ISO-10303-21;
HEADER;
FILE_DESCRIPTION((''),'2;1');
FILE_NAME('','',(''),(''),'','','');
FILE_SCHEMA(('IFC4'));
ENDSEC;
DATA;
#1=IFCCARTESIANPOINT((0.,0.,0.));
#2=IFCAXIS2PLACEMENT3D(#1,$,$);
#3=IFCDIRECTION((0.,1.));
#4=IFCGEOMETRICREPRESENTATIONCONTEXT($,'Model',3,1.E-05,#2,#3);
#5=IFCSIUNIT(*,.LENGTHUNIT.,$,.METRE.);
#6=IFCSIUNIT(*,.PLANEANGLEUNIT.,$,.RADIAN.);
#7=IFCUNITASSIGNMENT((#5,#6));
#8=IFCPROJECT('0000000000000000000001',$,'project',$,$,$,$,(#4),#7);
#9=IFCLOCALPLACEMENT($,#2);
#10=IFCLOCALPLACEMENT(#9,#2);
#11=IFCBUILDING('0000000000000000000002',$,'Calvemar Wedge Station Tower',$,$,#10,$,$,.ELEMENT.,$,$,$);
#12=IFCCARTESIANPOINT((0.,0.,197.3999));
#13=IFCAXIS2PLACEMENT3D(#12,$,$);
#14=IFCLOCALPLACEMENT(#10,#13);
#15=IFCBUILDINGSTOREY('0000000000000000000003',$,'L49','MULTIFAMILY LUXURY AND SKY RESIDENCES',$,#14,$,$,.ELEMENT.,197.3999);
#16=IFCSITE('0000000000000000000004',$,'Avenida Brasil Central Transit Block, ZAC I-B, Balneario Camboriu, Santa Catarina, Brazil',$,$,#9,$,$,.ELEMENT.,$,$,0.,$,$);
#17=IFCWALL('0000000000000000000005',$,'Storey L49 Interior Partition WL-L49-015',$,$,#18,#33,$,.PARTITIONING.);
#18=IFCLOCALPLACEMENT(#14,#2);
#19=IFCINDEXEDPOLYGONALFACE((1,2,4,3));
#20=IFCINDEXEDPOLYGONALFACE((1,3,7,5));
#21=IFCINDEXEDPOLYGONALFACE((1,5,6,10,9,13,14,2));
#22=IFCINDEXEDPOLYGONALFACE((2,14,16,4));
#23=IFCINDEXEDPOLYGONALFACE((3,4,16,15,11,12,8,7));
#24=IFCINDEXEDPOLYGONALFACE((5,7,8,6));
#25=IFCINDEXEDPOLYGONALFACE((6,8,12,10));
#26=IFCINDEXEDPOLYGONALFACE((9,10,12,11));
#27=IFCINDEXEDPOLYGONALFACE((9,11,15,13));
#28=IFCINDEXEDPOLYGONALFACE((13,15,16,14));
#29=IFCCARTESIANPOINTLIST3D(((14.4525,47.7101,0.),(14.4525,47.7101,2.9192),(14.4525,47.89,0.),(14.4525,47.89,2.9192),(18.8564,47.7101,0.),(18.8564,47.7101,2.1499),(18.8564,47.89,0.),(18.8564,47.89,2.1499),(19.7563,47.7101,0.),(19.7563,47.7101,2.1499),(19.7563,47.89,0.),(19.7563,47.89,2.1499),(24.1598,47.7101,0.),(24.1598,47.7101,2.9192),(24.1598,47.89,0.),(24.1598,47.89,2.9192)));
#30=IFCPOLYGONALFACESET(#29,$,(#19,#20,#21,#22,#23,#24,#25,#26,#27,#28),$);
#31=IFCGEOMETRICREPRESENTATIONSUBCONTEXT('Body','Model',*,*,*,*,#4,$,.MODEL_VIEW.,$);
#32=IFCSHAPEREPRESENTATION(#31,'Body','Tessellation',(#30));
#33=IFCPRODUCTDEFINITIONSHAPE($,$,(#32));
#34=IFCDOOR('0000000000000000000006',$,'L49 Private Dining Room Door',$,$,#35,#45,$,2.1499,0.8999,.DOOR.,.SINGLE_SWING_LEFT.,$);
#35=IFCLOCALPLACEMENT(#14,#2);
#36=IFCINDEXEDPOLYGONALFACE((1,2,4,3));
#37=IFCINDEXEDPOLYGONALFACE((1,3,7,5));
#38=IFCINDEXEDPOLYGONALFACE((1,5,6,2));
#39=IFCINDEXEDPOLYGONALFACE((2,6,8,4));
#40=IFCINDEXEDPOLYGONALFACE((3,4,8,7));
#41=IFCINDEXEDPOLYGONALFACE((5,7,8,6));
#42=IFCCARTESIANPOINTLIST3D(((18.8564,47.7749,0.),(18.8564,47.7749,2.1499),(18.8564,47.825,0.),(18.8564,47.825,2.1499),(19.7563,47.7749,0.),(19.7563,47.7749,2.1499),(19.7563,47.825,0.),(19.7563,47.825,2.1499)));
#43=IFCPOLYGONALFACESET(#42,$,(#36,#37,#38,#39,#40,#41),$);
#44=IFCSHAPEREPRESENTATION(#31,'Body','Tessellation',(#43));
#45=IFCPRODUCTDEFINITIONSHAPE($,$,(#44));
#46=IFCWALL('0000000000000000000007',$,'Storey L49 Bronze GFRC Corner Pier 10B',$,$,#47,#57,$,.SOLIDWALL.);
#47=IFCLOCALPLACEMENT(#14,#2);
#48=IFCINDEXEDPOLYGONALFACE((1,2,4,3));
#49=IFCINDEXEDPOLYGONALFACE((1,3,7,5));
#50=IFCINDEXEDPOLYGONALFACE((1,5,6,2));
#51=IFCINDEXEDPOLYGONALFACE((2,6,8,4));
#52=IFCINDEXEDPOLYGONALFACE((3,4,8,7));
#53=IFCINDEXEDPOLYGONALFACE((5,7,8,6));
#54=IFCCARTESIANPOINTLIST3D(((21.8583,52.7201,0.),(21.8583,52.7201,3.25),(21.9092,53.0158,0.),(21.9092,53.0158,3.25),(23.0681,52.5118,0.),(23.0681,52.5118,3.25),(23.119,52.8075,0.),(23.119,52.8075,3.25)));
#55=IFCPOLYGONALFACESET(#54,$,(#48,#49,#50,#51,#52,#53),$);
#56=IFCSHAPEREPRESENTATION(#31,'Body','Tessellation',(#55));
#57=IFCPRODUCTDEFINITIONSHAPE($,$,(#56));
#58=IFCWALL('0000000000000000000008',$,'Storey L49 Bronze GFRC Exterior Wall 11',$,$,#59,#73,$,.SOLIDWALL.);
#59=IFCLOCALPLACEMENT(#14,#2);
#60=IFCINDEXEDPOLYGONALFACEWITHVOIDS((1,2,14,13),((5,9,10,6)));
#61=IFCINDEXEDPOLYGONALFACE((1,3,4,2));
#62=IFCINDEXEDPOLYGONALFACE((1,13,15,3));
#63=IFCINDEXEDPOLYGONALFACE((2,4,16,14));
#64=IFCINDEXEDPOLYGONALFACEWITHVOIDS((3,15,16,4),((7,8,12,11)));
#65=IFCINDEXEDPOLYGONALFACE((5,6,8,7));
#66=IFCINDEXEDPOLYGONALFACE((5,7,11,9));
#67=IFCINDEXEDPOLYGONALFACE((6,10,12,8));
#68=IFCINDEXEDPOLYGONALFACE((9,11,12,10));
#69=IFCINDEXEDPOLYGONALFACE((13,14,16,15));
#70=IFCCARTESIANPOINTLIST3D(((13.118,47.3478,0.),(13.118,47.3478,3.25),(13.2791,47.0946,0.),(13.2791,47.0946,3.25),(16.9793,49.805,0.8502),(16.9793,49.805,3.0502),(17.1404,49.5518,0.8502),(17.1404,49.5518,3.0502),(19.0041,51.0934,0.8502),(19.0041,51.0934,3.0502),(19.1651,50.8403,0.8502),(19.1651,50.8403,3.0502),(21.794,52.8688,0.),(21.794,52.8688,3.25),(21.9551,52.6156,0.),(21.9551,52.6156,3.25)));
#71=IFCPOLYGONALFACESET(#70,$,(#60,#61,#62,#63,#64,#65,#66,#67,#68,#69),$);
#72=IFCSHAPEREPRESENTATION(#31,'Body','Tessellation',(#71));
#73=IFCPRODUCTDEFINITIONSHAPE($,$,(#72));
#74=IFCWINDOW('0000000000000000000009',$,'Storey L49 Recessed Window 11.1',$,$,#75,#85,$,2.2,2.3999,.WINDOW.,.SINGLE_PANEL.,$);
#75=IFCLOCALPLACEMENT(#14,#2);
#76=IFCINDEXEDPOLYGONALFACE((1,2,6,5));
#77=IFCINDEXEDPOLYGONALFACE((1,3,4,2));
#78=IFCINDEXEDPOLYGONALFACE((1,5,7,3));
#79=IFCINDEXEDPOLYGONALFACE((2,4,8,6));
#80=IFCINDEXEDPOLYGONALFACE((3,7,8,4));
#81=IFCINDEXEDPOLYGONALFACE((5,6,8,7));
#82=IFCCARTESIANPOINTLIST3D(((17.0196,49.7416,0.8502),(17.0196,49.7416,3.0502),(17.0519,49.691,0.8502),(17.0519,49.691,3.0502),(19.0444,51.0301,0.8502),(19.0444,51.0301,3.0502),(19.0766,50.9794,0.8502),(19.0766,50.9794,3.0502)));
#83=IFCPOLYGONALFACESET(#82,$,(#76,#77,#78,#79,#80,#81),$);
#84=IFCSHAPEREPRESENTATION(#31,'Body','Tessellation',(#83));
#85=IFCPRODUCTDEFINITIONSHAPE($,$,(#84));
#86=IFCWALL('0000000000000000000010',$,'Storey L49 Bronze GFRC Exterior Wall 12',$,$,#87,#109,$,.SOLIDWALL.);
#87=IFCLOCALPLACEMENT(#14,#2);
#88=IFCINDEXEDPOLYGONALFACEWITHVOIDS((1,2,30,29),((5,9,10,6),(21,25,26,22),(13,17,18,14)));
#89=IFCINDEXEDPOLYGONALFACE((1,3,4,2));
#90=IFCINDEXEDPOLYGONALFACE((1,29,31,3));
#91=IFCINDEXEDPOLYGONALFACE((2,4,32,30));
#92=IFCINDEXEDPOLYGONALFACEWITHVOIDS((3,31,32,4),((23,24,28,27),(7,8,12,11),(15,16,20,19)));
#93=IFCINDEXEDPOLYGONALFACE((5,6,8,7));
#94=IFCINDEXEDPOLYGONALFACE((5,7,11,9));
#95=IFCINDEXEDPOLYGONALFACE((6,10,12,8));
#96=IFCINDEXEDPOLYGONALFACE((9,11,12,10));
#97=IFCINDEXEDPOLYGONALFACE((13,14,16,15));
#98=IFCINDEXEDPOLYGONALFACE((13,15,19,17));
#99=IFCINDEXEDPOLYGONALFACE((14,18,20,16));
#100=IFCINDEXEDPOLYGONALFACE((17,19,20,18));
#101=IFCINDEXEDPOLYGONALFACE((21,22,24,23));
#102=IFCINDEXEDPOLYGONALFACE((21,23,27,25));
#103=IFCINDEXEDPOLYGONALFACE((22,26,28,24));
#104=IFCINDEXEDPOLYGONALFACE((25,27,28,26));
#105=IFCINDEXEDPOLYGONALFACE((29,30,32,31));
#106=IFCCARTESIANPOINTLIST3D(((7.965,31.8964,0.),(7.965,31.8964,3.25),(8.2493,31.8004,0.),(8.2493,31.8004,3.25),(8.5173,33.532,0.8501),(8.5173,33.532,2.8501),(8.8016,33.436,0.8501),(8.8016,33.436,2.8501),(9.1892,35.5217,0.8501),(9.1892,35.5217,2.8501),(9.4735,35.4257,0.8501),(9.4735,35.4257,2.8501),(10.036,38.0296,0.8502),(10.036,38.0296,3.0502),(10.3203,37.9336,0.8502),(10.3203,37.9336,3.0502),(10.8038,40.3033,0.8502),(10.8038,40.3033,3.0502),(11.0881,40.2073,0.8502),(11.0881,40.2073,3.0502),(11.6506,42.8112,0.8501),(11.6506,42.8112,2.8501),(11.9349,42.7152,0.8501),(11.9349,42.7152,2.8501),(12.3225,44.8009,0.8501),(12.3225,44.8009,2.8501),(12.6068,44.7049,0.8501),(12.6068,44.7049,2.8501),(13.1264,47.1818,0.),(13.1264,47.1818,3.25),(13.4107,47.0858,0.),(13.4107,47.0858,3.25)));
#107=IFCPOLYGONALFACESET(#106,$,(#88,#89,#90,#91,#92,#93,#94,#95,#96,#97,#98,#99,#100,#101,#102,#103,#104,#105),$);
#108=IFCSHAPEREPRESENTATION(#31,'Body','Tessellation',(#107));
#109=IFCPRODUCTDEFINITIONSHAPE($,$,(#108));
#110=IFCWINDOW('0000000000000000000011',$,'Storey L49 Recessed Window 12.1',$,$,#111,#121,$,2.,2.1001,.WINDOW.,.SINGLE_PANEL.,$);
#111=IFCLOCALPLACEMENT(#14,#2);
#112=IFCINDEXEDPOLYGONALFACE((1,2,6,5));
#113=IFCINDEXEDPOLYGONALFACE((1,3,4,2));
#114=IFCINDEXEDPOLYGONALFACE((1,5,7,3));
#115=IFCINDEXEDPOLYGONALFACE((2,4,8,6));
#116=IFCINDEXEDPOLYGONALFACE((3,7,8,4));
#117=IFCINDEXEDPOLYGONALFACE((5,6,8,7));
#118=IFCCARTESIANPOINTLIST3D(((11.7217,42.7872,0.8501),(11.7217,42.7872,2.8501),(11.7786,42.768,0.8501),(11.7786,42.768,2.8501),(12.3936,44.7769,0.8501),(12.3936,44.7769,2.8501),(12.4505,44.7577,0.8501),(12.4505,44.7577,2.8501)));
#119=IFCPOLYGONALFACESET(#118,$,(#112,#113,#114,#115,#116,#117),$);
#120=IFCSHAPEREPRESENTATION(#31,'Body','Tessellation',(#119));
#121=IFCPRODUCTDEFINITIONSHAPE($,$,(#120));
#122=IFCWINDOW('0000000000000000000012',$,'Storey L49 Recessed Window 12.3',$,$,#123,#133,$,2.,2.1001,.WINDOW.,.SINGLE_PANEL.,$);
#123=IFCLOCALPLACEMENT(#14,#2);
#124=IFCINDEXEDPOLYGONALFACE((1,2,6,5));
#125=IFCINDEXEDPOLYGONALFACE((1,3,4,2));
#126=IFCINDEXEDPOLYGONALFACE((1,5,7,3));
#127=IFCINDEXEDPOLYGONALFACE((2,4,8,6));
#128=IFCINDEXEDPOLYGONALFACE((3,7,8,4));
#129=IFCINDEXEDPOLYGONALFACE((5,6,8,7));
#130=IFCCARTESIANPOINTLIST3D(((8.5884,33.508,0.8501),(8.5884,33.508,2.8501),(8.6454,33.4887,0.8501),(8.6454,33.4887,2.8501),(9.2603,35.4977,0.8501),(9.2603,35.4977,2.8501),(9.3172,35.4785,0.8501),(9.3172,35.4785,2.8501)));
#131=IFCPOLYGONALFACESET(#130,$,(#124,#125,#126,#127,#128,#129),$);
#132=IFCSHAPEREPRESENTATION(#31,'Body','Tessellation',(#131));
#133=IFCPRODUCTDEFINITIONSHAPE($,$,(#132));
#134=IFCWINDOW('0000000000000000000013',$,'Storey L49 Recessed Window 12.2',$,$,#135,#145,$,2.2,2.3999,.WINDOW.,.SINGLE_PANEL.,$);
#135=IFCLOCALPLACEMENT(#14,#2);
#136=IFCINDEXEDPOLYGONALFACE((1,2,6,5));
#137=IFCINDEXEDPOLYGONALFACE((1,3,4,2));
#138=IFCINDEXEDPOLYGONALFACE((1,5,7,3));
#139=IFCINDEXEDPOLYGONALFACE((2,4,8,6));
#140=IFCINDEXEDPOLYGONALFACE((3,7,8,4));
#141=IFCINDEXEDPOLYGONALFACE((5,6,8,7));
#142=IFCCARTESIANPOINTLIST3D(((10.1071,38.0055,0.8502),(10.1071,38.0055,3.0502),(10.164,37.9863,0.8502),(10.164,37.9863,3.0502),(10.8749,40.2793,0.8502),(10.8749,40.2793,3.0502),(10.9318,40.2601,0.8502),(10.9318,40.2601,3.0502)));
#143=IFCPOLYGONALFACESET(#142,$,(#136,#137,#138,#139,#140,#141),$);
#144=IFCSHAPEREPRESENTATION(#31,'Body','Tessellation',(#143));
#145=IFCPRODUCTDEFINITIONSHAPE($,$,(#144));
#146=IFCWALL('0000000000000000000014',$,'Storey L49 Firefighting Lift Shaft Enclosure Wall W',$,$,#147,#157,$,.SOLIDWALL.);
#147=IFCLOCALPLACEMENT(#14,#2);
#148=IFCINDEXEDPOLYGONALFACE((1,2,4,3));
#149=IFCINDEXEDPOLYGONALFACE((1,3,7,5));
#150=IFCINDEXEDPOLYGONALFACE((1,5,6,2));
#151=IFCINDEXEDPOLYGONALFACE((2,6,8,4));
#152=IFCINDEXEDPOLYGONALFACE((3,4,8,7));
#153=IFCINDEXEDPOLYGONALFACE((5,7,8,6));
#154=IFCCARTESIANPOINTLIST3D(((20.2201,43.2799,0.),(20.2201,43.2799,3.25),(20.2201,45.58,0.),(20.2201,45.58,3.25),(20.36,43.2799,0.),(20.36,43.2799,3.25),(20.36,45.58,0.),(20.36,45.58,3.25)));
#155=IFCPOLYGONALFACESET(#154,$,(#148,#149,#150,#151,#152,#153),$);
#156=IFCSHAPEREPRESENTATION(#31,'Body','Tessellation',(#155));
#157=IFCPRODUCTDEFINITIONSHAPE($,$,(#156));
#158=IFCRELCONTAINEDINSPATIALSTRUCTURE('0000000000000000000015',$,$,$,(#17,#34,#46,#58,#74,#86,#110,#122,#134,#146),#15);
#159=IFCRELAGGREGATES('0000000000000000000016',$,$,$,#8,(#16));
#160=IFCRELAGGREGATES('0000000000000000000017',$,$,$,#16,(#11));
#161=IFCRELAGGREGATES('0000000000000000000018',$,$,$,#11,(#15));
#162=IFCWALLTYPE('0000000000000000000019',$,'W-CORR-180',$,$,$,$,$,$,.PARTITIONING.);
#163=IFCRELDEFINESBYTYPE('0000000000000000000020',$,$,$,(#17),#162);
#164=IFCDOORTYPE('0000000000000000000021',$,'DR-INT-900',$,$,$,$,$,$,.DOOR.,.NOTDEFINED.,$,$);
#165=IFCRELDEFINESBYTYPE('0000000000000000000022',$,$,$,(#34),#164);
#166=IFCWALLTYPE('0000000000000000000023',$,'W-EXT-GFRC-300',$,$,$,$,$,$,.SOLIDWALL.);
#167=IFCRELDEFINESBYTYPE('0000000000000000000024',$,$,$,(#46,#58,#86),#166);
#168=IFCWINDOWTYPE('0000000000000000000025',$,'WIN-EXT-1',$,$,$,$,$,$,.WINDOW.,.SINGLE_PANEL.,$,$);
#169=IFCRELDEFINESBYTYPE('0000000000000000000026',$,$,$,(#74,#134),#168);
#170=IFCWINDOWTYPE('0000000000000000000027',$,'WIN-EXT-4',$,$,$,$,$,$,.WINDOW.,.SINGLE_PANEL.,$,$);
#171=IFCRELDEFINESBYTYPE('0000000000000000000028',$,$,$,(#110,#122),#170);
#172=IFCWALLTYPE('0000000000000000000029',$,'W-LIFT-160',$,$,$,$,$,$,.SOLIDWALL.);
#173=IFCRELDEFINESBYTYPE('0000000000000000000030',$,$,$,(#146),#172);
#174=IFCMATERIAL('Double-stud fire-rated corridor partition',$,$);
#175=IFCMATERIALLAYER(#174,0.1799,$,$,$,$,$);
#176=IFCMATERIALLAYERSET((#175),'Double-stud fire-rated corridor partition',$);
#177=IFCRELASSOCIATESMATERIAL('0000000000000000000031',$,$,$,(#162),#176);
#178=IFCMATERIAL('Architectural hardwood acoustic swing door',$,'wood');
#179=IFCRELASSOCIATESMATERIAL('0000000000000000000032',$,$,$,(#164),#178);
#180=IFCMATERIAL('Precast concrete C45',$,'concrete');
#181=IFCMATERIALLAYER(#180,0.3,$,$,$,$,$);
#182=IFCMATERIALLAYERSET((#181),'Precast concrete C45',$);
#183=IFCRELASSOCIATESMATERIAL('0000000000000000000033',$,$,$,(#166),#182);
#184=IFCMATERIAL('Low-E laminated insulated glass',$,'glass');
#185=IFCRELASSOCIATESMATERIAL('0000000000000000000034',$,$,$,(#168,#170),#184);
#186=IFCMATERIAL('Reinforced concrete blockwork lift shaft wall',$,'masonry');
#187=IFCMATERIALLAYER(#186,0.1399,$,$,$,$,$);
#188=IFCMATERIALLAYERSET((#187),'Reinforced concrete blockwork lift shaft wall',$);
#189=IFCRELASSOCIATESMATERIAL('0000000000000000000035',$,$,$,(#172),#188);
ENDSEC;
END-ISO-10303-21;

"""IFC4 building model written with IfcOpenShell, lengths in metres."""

from ifc_helpers import new_model, si_unit, direction, frame, frame_2d, origin, place, context, subcontext, project, spatial, rectangle, extrude, source, transform, mapped, material, layer, layer_set, type_object, element, fill, save


model = new_model("IFC4")

# Units and contexts
model_context = context("Model", 3, precision=1e-05, world=origin(), true_north=direction((0.0, 1.0)))
body_context = subcontext(model_context, "Body", "Model", "MODEL_VIEW")
ifc_project = project(units=[si_unit("LENGTHUNIT", "METRE"), si_unit("PLANEANGLEUNIT", "RADIAN")], contexts=[model_context])

# Site, building, storey
site_placement = place(None, origin())
site = spatial("IfcSite", under=ifc_project, at=site_placement, Name="Avenida Brasil Central Transit Block, ZAC I-B, Balneario Camboriu, Santa Catarina, Brazil", CompositionType="ELEMENT", RefElevation=0.0)
building_placement = place(site_placement, origin())
building = spatial("IfcBuilding", under=site, at=building_placement, Name="Calvemar Wedge Station Tower", CompositionType="ELEMENT")
storey_placement = place(building_placement, frame((0.0, 0.0, 197.3999)))
storey = spatial("IfcBuildingStorey", under=building, at=storey_placement, Name="L49", Description="MULTIFAMILY LUXURY AND SKY RESIDENCES", CompositionType="ELEMENT", Elevation=197.3999)

# Shared definitions
ifc_material_1 = material(Name="Double-stud fire-rated corridor partition")
ifc_layer_1 = layer(ifc_material_1, 0.1799)
ifc_layer_set_1 = layer_set([ifc_layer_1], Name="Double-stud fire-rated corridor partition")
wall_type_1 = type_object("IfcWallType", Name="W-CORR-180", PredefinedType="PARTITIONING", material=ifc_layer_set_1)

# Wall, opening, door
wall_1_placement = place(storey_placement, frame((14.4526, 47.8, 0.0), z_axis=(0.0, 0.0, 1.0), x_axis=(1.0, 0.0, 0.0)))
wall_1 = element("IfcWall", 1, at=wall_1_placement, inside=storey, type_object=wall_type_1, Name="Storey L49 Interior Partition WL-L49-015", PredefinedType="PARTITIONING", context=body_context, shape_type="SweptSolid", body=[
    extrude(rectangle(XDim=9.7073, YDim=0.1799, at=frame_2d((4.8535, 0.0))), origin(), (0.0, 0.0, 1.0), 2.9192),
])
shared_shape_1 = source(origin(), body_context, "Body", "SweptSolid", [
    extrude(rectangle(XDim=0.8999, YDim=2.1499, at=frame_2d((0.45, 1.075))), frame((0.0, 0.1001, 0.0), z_axis=(0.0, -1.0, 0.0), x_axis=(1.0, 0.0, 0.0)), (0.0, 0.0, 1.0), 0.2),
])
opening_1_placement = place(wall_1_placement, frame((4.4038, 0.0, 0.0)))
opening_1 = element("IfcOpeningElement", 2, at=opening_1_placement, cuts=wall_1, PredefinedType="OPENING", context=body_context, shape_type="MappedRepresentation", body=[
    mapped(shared_shape_1, transform((0.0, 0.0, 0.0), scale=1.0)),
])
ifc_material_2 = material(Name="Architectural hardwood acoustic swing door", Category="wood")
door_type_1 = type_object("IfcDoorType", Name="DR-INT-900", OperationType="NOTDEFINED", PredefinedType="DOOR", material=ifc_material_2)
shared_shape_2 = source(origin(), body_context, "Body", "SweptSolid", [
    extrude(rectangle(XDim=0.8999, YDim=2.1499, at=frame_2d((0.45, 1.075))), frame((0.0, 0.0249, 0.0), z_axis=(0.0, -1.0, 0.0), x_axis=(1.0, 0.0, 0.0)), (0.0, 0.0, 1.0), 0.05),
])
door_1_placement = place(opening_1_placement, origin())
door_1 = element("IfcDoor", 3, at=door_1_placement, inside=storey, type_object=door_type_1, Name="L49 Private Dining Room Door", OperationType="SINGLE_SWING_LEFT", OverallHeight=2.1499, OverallWidth=0.8999, PredefinedType="DOOR", context=body_context, shape_type="MappedRepresentation", body=[
    mapped(shared_shape_2, transform((0.0, 0.0, 0.0), scale=1.0)),
])
fill(opening_1, door_1)

# Wall
ifc_material_3 = material(Name="Precast concrete C45", Category="concrete")
ifc_layer_2 = layer(ifc_material_3, 0.3)
ifc_layer_set_2 = layer_set([ifc_layer_2], Name="Precast concrete C45")
wall_type_2 = type_object("IfcWallType", Name="W-EXT-GFRC-300", PredefinedType="SOLIDWALL", material=ifc_layer_set_2)
wall_2_placement = place(storey_placement, frame((23.0935, 52.6597, 0.0), z_axis=(0.0, 0.0, 1.0), x_axis=(-0.985504, 0.169654, 0.0)))
element("IfcWall", 4, at=wall_2_placement, inside=storey, type_object=wall_type_2, Name="Storey L49 Bronze GFRC Corner Pier 10B", PredefinedType="SOLIDWALL", context=body_context, shape_type="SweptSolid", body=[
    extrude(rectangle(XDim=1.2275, YDim=0.3, at=frame_2d((0.6138, 0.0))), origin(), (0.0, 0.0, 1.0), 3.25),
])

# Wall, opening, window
wall_3_placement = place(storey_placement, frame((21.8745, 52.7422, 0.0), z_axis=(0.0, 0.0, 1.0), x_axis=(-0.843666, -0.536868, 0.0)))
wall_3 = element("IfcWall", 5, at=wall_3_placement, inside=storey, type_object=wall_type_2, Name="Storey L49 Bronze GFRC Exterior Wall 11", PredefinedType="SOLIDWALL", context=body_context, shape_type="SweptSolid", body=[
    extrude(rectangle(XDim=10.2837, YDim=0.3, at=frame_2d((5.1418, 0.0))), origin(), (0.0, 0.0, 1.0), 3.25),
])
shared_shape_3 = source(origin(), body_context, "Body", "SweptSolid", [
    extrude(rectangle(XDim=2.3999, YDim=2.2, at=frame_2d((1.2, 1.1001))), frame((0.0, 0.1602, 0.0), z_axis=(0.0, -1.0, 0.0), x_axis=(1.0, 0.0, 0.0)), (0.0, 0.0, 1.0), 0.3201),
])
opening_2_placement = place(wall_3_placement, frame((3.3069, 0.0, 0.8501)))
opening_2 = element("IfcOpeningElement", 6, at=opening_2_placement, cuts=wall_3, PredefinedType="OPENING", context=body_context, shape_type="MappedRepresentation", body=[
    mapped(shared_shape_3, transform((0.0, 0.0, 0.0), scale=1.0)),
])
ifc_material_4 = material(Name="Low-E laminated insulated glass", Category="glass")
window_type_1 = type_object("IfcWindowType", Name="WIN-EXT-1", PartitioningType="SINGLE_PANEL", PredefinedType="WINDOW", material=ifc_material_4)
shared_shape_4 = source(origin(), body_context, "Body", "SweptSolid", [
    extrude(rectangle(XDim=2.3999, YDim=2.2, at=frame_2d((1.2, 1.1001))), frame((0.0, -0.0149, 0.0), z_axis=(0.0, -1.0, 0.0), x_axis=(1.0, 0.0, 0.0)), (0.0, 0.0, 1.0), 0.0601),
])
window_1_placement = place(opening_2_placement, origin())
window_1 = element("IfcWindow", 7, at=window_1_placement, inside=storey, type_object=window_type_1, Name="Storey L49 Recessed Window 11.1", OverallHeight=2.2, OverallWidth=2.3999, PartitioningType="SINGLE_PANEL", PredefinedType="WINDOW", context=body_context, shape_type="MappedRepresentation", body=[
    mapped(shared_shape_4, transform((0.0, 0.0, 0.0), scale=1.0)),
])
fill(opening_2, window_1)

# Wall, openings, windows
wall_4_placement = place(storey_placement, frame((13.2686, 47.1338, 0.0), z_axis=(0.0, 0.0, 1.0), x_axis=(-0.319921, -0.947444, 0.0)))
wall_4 = element("IfcWall", 8, at=wall_4_placement, inside=storey, type_object=wall_type_2, Name="Storey L49 Bronze GFRC Exterior Wall 12", PredefinedType="SOLIDWALL", context=body_context, shape_type="SweptSolid", body=[
    extrude(rectangle(XDim=16.1333, YDim=0.3, at=frame_2d((8.0667, 0.0))), origin(), (0.0, 0.0, 1.0), 3.25),
])
shared_shape_5 = source(origin(), body_context, "Body", "SweptSolid", [
    extrude(rectangle(XDim=2.1001, YDim=2.0, at=frame_2d((1.05, 1.0))), frame((0.0, 0.1602, 0.0), z_axis=(0.0, -1.0, 0.0), x_axis=(1.0, 0.0, 0.0)), (0.0, 0.0, 1.0), 0.3201),
])
opening_3_placement = place(wall_4_placement, frame((2.5129, 0.0, 0.8501)))
opening_3 = element("IfcOpeningElement", 9, at=opening_3_placement, cuts=wall_4, PredefinedType="OPENING", context=body_context, shape_type="MappedRepresentation", body=[
    mapped(shared_shape_5, transform((0.0, 0.0, 0.0), scale=1.0)),
])
opening_4_placement = place(wall_4_placement, frame((7.26, 0.0, 0.8501)))
opening_4 = element("IfcOpeningElement", 10, at=opening_4_placement, cuts=wall_4, PredefinedType="OPENING", context=body_context, shape_type="MappedRepresentation", body=[
    mapped(shared_shape_3, transform((0.0, 0.0, 0.0), scale=1.0)),
])
opening_5_placement = place(wall_4_placement, frame((12.3069, 0.0, 0.8501)))
opening_5 = element("IfcOpeningElement", 11, at=opening_5_placement, cuts=wall_4, PredefinedType="OPENING", context=body_context, shape_type="MappedRepresentation", body=[
    mapped(shared_shape_5, transform((0.0, 0.0, 0.0), scale=1.0)),
])
window_type_2 = type_object("IfcWindowType", Name="WIN-EXT-4", PartitioningType="SINGLE_PANEL", PredefinedType="WINDOW", material=ifc_material_4)
shared_shape_6 = source(origin(), body_context, "Body", "SweptSolid", [
    extrude(rectangle(XDim=2.1001, YDim=2.0, at=frame_2d((1.05, 1.0))), frame((0.0, -0.0149, 0.0), z_axis=(0.0, -1.0, 0.0), x_axis=(1.0, 0.0, 0.0)), (0.0, 0.0, 1.0), 0.0601),
])
window_2_placement = place(opening_3_placement, origin())
window_2 = element("IfcWindow", 12, at=window_2_placement, inside=storey, type_object=window_type_2, Name="Storey L49 Recessed Window 12.1", OverallHeight=2.0, OverallWidth=2.1001, PartitioningType="SINGLE_PANEL", PredefinedType="WINDOW", context=body_context, shape_type="MappedRepresentation", body=[
    mapped(shared_shape_6, transform((0.0, 0.0, 0.0), scale=1.0)),
])
fill(opening_3, window_2)
window_3_placement = place(opening_5_placement, origin())
window_3 = element("IfcWindow", 13, at=window_3_placement, inside=storey, type_object=window_type_2, Name="Storey L49 Recessed Window 12.3", OverallHeight=2.0, OverallWidth=2.1001, PartitioningType="SINGLE_PANEL", PredefinedType="WINDOW", context=body_context, shape_type="MappedRepresentation", body=[
    mapped(shared_shape_6, transform((0.0, 0.0, 0.0), scale=1.0)),
])
fill(opening_5, window_3)
window_4_placement = place(opening_4_placement, origin())
window_4 = element("IfcWindow", 14, at=window_4_placement, inside=storey, type_object=window_type_1, Name="Storey L49 Recessed Window 12.2", OverallHeight=2.2, OverallWidth=2.3999, PartitioningType="SINGLE_PANEL", PredefinedType="WINDOW", context=body_context, shape_type="MappedRepresentation", body=[
    mapped(shared_shape_4, transform((0.0, 0.0, 0.0), scale=1.0)),
])
fill(opening_4, window_4)

# Wall
ifc_material_5 = material(Name="Reinforced concrete blockwork lift shaft wall", Category="masonry")
ifc_layer_3 = layer(ifc_material_5, 0.1399)
ifc_layer_set_3 = layer_set([ifc_layer_3], Name="Reinforced concrete blockwork lift shaft wall")
wall_type_3 = type_object("IfcWallType", Name="W-LIFT-160", PredefinedType="SOLIDWALL", material=ifc_layer_set_3)
wall_5_placement = place(storey_placement, frame((20.29, 43.28, 0.0), z_axis=(0.0, 0.0, 1.0), x_axis=(0.0, 1.0, 0.0)))
element("IfcWall", 15, at=wall_5_placement, inside=storey, type_object=wall_type_3, Name="Storey L49 Firefighting Lift Shaft Enclosure Wall W", PredefinedType="SOLIDWALL", context=body_context, shape_type="SweptSolid", body=[
    extrude(rectangle(XDim=2.3, YDim=0.1399, at=frame_2d((1.1499, 0.0))), origin(), (0.0, 0.0, 1.0), 3.25),
])

save(model, "model.ifc")
